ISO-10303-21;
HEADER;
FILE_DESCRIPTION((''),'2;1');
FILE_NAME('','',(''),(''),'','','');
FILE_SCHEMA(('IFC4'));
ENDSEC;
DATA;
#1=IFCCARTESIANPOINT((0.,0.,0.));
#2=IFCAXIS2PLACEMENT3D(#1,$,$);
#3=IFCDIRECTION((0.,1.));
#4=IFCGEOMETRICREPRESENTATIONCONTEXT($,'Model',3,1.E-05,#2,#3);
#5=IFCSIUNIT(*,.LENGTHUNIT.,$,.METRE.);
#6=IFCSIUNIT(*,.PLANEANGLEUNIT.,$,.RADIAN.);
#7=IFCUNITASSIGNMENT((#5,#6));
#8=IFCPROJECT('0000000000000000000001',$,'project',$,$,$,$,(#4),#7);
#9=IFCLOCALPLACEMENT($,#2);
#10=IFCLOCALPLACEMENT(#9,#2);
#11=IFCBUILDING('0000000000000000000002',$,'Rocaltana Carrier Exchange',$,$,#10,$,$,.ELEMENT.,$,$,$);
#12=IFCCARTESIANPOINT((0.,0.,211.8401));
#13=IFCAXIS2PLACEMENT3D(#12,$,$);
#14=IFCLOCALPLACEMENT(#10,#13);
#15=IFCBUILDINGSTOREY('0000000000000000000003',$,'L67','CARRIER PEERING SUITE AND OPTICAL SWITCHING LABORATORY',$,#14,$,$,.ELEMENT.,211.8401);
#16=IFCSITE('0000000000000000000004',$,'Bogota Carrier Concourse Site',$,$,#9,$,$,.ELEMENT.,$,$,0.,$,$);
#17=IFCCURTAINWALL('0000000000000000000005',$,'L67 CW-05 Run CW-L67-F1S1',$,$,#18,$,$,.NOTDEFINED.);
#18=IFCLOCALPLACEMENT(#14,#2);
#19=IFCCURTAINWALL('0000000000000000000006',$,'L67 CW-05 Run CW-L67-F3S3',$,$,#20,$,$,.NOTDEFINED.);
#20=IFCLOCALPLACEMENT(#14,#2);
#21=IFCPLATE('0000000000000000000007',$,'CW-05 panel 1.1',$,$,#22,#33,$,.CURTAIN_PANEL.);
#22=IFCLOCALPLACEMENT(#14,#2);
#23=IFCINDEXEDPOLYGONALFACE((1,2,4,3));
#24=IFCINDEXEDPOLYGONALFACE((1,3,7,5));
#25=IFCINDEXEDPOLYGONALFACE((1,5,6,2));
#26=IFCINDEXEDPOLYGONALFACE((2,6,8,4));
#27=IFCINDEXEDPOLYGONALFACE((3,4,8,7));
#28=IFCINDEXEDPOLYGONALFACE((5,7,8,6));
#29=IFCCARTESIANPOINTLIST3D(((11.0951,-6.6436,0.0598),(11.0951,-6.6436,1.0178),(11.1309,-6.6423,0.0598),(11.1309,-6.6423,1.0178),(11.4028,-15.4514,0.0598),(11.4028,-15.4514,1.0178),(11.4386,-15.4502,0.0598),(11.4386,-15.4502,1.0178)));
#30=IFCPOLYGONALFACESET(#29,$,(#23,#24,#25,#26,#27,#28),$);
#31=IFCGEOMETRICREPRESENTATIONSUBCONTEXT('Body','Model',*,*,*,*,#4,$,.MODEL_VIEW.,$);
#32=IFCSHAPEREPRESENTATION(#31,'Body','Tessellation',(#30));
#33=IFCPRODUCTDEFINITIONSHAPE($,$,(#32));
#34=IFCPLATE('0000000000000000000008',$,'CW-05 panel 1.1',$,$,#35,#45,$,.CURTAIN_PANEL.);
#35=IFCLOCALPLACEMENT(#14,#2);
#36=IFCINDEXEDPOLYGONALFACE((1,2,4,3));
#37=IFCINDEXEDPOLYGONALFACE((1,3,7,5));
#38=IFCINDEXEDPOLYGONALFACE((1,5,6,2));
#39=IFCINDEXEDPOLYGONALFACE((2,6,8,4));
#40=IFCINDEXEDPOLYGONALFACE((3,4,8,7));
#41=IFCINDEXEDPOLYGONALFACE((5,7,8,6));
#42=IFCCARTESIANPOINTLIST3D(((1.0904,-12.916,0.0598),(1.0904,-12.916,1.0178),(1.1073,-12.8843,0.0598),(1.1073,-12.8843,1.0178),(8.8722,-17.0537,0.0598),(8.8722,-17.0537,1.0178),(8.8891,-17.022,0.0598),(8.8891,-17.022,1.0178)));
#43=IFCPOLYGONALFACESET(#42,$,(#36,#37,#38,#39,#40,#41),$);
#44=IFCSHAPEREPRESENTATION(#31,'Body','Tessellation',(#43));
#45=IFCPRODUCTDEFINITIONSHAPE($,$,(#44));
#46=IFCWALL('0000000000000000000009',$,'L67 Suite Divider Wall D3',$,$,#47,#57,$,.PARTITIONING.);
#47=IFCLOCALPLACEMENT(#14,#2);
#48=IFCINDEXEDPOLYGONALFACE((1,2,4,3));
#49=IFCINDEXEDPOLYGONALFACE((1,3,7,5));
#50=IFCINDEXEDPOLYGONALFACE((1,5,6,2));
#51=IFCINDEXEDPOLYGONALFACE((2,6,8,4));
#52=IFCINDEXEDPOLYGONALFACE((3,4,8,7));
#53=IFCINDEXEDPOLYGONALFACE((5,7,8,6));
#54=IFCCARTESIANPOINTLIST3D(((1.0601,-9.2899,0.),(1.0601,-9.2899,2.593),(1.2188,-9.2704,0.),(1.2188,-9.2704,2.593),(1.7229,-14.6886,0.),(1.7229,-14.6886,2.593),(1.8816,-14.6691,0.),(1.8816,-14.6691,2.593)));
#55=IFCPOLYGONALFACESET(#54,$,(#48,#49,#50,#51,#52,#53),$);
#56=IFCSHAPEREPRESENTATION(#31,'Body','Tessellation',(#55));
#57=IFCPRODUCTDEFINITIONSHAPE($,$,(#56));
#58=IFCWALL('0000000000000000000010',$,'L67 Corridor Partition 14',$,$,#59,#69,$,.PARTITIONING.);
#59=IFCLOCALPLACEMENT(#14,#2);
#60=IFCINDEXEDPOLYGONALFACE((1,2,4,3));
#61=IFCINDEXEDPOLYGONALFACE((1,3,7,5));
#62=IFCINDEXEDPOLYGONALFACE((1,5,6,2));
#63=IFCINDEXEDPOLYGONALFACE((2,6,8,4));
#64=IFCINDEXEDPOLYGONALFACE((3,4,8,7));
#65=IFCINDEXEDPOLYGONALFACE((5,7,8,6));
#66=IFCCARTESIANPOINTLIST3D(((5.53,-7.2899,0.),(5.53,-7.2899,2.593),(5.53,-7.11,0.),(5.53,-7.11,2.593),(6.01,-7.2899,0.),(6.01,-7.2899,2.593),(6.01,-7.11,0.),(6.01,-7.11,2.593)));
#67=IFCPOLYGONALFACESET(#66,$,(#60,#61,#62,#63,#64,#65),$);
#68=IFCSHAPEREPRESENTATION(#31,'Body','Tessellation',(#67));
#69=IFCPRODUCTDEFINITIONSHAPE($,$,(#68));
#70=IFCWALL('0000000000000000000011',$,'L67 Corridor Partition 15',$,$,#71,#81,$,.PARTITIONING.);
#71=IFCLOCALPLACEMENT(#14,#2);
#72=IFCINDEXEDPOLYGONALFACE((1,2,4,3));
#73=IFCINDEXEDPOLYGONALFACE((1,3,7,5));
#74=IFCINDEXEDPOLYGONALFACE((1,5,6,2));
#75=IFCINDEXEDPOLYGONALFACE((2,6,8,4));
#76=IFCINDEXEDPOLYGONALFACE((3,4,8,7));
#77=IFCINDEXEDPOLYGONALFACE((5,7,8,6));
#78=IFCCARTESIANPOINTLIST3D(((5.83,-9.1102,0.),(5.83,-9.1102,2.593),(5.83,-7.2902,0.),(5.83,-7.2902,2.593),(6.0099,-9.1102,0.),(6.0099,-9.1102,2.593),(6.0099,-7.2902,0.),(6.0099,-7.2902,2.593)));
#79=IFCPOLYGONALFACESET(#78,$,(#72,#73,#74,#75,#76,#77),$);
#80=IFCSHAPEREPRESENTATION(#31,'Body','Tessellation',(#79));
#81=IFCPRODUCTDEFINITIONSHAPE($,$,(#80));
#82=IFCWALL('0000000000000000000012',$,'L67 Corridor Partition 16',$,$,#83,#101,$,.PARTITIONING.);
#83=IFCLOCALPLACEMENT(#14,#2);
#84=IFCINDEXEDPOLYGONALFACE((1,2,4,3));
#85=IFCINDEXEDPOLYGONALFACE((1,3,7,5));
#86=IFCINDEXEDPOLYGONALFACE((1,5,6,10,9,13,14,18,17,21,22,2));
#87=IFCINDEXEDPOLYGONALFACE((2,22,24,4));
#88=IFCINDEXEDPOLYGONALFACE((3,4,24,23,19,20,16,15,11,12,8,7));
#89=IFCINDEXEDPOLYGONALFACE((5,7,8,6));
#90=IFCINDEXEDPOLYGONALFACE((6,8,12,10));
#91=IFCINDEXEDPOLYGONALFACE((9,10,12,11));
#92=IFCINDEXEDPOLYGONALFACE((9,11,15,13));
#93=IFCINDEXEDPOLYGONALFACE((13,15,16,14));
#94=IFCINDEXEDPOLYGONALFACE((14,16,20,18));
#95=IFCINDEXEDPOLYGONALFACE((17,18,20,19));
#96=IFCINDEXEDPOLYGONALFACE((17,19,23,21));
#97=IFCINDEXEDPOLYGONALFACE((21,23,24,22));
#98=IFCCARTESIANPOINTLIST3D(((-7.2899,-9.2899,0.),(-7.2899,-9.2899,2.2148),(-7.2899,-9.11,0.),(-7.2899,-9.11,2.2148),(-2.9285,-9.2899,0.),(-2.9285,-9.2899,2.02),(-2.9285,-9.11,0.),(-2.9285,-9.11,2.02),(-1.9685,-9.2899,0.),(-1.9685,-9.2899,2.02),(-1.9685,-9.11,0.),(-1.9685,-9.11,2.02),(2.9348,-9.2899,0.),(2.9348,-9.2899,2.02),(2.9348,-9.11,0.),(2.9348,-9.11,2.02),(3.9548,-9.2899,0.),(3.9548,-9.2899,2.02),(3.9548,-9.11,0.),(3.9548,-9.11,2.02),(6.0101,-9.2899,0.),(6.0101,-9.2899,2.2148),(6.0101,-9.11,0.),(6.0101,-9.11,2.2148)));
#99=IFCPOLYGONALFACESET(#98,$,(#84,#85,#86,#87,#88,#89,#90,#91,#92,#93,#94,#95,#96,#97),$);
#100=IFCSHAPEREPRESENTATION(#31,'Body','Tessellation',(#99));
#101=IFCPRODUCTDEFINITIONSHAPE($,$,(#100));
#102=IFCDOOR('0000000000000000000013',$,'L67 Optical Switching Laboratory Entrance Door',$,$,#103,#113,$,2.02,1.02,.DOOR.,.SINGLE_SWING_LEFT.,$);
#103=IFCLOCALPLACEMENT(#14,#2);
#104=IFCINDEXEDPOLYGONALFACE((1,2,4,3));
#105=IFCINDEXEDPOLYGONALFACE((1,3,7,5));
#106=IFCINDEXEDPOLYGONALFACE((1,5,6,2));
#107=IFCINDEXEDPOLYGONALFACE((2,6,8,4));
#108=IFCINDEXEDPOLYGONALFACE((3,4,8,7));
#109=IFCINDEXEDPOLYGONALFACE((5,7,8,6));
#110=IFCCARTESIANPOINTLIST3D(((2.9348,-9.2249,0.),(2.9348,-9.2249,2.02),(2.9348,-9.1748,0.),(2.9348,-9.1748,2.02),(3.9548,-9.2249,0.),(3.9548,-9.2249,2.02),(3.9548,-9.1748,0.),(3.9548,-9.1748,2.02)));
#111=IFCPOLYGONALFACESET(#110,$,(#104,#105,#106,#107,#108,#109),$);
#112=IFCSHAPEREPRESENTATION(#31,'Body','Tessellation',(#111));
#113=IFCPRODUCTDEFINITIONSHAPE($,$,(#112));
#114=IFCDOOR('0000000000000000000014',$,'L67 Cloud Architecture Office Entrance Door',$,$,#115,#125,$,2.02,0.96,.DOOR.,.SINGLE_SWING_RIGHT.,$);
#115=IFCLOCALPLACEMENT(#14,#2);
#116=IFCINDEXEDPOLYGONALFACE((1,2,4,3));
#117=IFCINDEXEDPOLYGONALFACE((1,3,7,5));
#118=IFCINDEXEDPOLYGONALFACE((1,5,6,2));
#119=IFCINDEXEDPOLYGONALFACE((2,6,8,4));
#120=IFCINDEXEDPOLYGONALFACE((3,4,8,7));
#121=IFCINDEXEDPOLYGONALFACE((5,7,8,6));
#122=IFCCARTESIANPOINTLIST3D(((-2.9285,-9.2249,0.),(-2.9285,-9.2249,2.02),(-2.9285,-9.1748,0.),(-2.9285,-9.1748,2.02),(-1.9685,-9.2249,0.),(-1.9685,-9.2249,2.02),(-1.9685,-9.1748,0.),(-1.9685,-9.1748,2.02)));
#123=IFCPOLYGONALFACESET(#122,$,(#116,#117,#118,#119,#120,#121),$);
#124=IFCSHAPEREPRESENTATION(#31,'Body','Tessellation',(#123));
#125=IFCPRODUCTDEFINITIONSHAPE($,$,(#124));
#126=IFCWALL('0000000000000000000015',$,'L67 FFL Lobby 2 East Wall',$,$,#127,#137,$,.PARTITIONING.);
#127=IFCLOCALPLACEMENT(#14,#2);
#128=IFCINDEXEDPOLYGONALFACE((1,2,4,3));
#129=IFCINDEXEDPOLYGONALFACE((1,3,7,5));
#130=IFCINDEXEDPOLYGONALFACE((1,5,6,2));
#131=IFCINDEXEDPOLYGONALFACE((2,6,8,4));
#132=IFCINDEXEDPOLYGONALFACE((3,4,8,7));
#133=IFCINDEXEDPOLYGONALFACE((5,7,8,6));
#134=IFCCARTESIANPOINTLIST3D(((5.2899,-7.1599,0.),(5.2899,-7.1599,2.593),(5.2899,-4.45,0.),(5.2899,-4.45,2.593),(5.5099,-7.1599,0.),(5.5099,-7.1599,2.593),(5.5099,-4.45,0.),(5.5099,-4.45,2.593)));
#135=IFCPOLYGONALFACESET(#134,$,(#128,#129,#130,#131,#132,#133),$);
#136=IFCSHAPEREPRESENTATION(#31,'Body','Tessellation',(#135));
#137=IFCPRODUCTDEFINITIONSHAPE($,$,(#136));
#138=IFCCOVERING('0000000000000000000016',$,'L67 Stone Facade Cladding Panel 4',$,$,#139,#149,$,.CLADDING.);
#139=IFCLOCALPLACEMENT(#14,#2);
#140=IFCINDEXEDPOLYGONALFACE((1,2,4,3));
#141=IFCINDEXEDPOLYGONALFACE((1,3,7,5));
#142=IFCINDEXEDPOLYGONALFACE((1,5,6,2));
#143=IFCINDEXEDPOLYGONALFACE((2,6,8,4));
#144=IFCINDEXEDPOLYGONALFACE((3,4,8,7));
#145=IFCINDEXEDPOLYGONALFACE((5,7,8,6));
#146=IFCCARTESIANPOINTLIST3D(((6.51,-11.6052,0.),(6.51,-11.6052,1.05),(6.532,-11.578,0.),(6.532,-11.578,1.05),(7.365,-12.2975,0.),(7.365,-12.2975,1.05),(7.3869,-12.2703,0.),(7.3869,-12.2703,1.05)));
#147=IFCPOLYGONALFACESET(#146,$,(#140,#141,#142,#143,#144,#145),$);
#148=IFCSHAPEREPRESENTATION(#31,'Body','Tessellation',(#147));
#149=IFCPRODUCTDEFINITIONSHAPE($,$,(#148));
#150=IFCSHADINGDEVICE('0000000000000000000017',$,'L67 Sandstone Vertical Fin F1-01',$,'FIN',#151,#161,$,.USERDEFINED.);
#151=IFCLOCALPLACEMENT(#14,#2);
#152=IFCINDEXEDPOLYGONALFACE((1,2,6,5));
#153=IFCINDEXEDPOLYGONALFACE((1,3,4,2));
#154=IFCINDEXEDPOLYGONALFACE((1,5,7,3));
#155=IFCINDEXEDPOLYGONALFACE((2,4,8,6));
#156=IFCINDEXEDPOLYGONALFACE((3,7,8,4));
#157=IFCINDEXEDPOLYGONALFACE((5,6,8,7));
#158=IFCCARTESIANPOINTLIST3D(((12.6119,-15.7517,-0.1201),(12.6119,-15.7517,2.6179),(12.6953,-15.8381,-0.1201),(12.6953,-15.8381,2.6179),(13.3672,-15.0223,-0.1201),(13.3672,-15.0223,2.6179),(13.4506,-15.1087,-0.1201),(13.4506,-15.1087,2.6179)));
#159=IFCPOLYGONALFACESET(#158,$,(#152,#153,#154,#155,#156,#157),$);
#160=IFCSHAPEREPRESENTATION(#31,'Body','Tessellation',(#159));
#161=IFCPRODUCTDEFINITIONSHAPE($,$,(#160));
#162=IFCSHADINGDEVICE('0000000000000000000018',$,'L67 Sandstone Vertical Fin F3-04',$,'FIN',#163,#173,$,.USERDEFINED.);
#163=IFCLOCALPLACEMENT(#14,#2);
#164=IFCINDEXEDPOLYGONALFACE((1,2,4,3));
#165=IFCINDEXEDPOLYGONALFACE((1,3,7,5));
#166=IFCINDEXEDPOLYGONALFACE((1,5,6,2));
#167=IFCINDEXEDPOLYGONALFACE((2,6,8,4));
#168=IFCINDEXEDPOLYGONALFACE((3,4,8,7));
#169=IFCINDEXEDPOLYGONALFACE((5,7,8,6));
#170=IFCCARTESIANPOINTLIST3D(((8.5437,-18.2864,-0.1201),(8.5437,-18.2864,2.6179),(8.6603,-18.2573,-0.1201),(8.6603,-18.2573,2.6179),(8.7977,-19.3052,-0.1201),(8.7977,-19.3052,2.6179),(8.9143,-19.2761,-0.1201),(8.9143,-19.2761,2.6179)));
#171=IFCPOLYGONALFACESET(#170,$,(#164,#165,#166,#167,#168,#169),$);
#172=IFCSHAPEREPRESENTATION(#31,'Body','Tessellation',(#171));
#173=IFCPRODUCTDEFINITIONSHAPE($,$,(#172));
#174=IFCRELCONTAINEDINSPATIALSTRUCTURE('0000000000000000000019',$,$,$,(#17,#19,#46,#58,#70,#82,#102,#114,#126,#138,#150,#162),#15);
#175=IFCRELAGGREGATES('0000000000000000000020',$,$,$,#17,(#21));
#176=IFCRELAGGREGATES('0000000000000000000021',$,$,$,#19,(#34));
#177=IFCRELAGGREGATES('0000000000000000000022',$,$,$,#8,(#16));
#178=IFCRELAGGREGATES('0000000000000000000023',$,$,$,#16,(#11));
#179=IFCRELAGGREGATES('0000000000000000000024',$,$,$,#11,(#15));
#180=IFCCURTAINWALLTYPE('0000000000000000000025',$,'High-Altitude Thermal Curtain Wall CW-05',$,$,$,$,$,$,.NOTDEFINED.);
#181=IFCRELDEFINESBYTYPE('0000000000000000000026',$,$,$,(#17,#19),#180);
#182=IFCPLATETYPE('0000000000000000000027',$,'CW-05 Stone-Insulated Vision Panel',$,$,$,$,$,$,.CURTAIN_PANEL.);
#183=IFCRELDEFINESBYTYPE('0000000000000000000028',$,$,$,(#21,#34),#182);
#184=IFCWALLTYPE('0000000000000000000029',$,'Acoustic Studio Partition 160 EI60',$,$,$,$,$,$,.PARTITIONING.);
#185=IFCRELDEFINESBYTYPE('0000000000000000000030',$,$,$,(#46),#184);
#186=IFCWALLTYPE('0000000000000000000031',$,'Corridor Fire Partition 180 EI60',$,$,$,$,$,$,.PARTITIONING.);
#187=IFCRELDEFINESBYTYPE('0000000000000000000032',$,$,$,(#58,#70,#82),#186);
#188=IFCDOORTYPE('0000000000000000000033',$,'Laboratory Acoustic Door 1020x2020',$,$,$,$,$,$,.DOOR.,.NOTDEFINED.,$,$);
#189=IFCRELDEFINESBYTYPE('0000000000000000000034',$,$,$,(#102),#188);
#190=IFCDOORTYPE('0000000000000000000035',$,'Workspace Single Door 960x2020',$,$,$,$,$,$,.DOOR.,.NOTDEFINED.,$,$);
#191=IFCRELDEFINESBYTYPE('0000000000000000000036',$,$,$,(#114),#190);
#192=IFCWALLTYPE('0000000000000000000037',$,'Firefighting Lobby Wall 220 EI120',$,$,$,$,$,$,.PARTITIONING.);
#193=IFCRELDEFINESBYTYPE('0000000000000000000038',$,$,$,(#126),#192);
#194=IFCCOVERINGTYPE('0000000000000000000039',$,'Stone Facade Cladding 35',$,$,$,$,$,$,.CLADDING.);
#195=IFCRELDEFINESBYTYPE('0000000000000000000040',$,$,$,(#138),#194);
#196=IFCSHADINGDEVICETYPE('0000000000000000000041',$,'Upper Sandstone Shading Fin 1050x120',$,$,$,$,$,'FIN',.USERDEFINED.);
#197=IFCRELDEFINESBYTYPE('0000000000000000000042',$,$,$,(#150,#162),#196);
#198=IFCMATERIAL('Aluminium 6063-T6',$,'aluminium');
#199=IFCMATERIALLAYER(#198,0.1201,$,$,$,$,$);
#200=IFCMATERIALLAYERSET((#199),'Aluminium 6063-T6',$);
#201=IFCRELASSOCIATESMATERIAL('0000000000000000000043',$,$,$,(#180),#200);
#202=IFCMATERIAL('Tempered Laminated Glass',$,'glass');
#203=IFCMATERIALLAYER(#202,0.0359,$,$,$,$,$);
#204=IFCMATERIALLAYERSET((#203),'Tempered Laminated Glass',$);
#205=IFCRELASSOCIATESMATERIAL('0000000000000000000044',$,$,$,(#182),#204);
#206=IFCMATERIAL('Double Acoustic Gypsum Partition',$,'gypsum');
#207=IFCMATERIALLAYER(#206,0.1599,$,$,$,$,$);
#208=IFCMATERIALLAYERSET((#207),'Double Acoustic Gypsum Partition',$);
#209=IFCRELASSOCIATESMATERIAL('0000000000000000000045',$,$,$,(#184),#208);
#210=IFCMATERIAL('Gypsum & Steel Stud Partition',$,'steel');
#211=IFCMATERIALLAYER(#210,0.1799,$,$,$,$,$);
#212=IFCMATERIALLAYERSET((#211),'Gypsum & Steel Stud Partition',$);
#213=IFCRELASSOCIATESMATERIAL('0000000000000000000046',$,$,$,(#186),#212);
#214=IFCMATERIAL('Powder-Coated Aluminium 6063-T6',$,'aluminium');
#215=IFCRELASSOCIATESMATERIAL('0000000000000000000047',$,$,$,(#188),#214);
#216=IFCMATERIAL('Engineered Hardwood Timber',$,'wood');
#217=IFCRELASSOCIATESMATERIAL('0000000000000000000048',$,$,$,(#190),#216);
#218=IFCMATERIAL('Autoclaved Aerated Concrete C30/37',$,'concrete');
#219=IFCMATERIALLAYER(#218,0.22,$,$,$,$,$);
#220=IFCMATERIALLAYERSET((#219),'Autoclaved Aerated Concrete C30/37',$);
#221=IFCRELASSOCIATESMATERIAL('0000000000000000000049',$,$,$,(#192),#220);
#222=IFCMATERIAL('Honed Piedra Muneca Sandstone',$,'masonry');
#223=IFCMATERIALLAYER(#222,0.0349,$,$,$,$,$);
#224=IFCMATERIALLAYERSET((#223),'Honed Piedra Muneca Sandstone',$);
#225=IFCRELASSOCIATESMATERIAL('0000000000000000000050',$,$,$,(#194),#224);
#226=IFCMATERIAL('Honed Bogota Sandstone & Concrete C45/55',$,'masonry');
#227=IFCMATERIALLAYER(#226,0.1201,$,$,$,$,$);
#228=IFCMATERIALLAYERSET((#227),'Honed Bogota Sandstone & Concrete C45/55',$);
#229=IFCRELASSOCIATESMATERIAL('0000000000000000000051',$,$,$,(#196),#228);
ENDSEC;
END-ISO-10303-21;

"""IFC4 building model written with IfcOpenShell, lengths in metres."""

from ifc_helpers import new_model, si_unit, direction, frame, frame_2d, origin, origin_2d, place, context, subcontext, project, spatial, rectangle, extrude, material, layer, layer_set, type_object, element, fill, aggregate, save


model = new_model("IFC4")

# Units and contexts
model_context = context("Model", 3, precision=1e-05, world=origin(), true_north=direction((0.0, 1.0)))
body_context = subcontext(model_context, "Body", "Model", "MODEL_VIEW")
ifc_project = project(units=[si_unit("LENGTHUNIT", "METRE"), si_unit("PLANEANGLEUNIT", "RADIAN")], contexts=[model_context])

# Site, building, storey
site_placement = place(None, origin())
site = spatial("IfcSite", under=ifc_project, at=site_placement, Name="Bogota Carrier Concourse Site", CompositionType="ELEMENT", RefElevation=0.0)
building_placement = place(site_placement, origin())
building = spatial("IfcBuilding", under=site, at=building_placement, Name="Rocaltana Carrier Exchange", CompositionType="ELEMENT")
storey_placement = place(building_placement, frame((0.0, 0.0, 211.8401)))
storey = spatial("IfcBuildingStorey", under=building, at=storey_placement, Name="L67", Description="CARRIER PEERING SUITE AND OPTICAL SWITCHING LABORATORY", CompositionType="ELEMENT", Elevation=211.8401)

# Curtain walls
ifc_material_1 = material(Name="Aluminium 6063-T6", Category="aluminium")
ifc_layer_1 = layer(ifc_material_1, 0.1201)
ifc_layer_set_1 = layer_set([ifc_layer_1], Name="Aluminium 6063-T6")
curtain_wall_type = type_object("IfcCurtainWallType", Name="High-Altitude Thermal Curtain Wall CW-05", PredefinedType="NOTDEFINED", material=ifc_layer_set_1)
curtain_wall_1_placement = place(storey_placement, origin())
curtain_wall_1 = element("IfcCurtainWall", 1, at=curtain_wall_1_placement, inside=storey, type_object=curtain_wall_type, Name="L67 CW-05 Run CW-L67-F1S1", PredefinedType="NOTDEFINED")
curtain_wall_2_placement = place(storey_placement, origin())
curtain_wall_2 = element("IfcCurtainWall", 2, at=curtain_wall_2_placement, inside=storey, type_object=curtain_wall_type, Name="L67 CW-05 Run CW-L67-F3S3", PredefinedType="NOTDEFINED")

# Plates
ifc_material_2 = material(Name="Tempered Laminated Glass", Category="glass")
ifc_layer_2 = layer(ifc_material_2, 0.0359)
ifc_layer_set_2 = layer_set([ifc_layer_2], Name="Tempered Laminated Glass")
plate_type = type_object("IfcPlateType", Name="CW-05 Stone-Insulated Vision Panel", PredefinedType="CURTAIN_PANEL", material=ifc_layer_set_2)
plate_1_placement = place(storey_placement, frame((11.2668, -11.0469, 0.0598), z_axis=(0.0, 0.0, 1.0), x_axis=(-0.034914, 0.99939, 0.0)))
plate_1 = element("IfcPlate", 3, at=plate_1_placement, type_object=plate_type, Name="CW-05 panel 1.1", PredefinedType="CURTAIN_PANEL", context=body_context, shape_type="SweptSolid", body=[
    extrude(rectangle(XDim=8.8132, YDim=0.0359, at=origin_2d()), origin(), (0.0, 0.0, 1.0), 0.958),
])
aggregate(curtain_wall_1, [plate_1])
plate_2_placement = place(storey_placement, frame((4.9897, -14.969, 0.0598), z_axis=(0.0, 0.0, 1.0), x_axis=(0.882946, -0.469475, 0.0)))
plate_2 = element("IfcPlate", 4, at=plate_2_placement, type_object=plate_type, Name="CW-05 panel 1.1", PredefinedType="CURTAIN_PANEL", context=body_context, shape_type="SweptSolid", body=[
    extrude(rectangle(XDim=8.8135, YDim=0.0359, at=origin_2d()), origin(), (0.0, 0.0, 1.0), 0.958),
])
aggregate(curtain_wall_2, [plate_2])

# Walls
ifc_material_3 = material(Name="Double Acoustic Gypsum Partition", Category="gypsum")
ifc_layer_3 = layer(ifc_material_3, 0.1599)
ifc_layer_set_3 = layer_set([ifc_layer_3], Name="Double Acoustic Gypsum Partition")
wall_type_1 = type_object("IfcWallType", Name="Acoustic Studio Partition 160 EI60", PredefinedType="PARTITIONING", material=ifc_layer_set_3)
wall_1_placement = place(storey_placement, frame((1.1394, -9.28, 0.0), z_axis=(0.0, 0.0, 1.0), x_axis=(0.121863, -0.992547, 0.0)))
element("IfcWall", 5, at=wall_1_placement, inside=storey, type_object=wall_type_1, Name="L67 Suite Divider Wall D3", PredefinedType="PARTITIONING", context=body_context, shape_type="SweptSolid", body=[
    extrude(rectangle(XDim=5.4392, YDim=0.1599, at=frame_2d((2.7197, 0.0))), origin(), (0.0, 0.0, 1.0), 2.593),
])
ifc_material_4 = material(Name="Gypsum & Steel Stud Partition", Category="steel")
ifc_layer_4 = layer(ifc_material_4, 0.1799)
ifc_layer_set_4 = layer_set([ifc_layer_4], Name="Gypsum & Steel Stud Partition")
wall_type_2 = type_object("IfcWallType", Name="Corridor Fire Partition 180 EI60", PredefinedType="PARTITIONING", material=ifc_layer_set_4)
wall_2_placement = place(storey_placement, frame((5.53, -7.2, 0.0), z_axis=(0.0, 0.0, 1.0), x_axis=(1.0, 0.0, 0.0)))
element("IfcWall", 6, at=wall_2_placement, inside=storey, type_object=wall_type_2, Name="L67 Corridor Partition 14", PredefinedType="PARTITIONING", context=body_context, shape_type="SweptSolid", body=[
    extrude(rectangle(XDim=0.48, YDim=0.1799, at=frame_2d((0.24, 0.0))), origin(), (0.0, 0.0, 1.0), 2.593),
])
wall_3_placement = place(storey_placement, frame((5.9199, -7.29, 0.0), z_axis=(0.0, 0.0, 1.0), x_axis=(0.0, -1.0, 0.0)))
element("IfcWall", 7, at=wall_3_placement, inside=storey, type_object=wall_type_2, Name="L67 Corridor Partition 15", PredefinedType="PARTITIONING", context=body_context, shape_type="SweptSolid", body=[
    extrude(rectangle(XDim=1.8201, YDim=0.1799, at=frame_2d((0.9102, 0.0))), origin(), (0.0, 0.0, 1.0), 2.593),
])

# Wall, openings, doors
wall_4_placement = place(storey_placement, frame((6.01, -9.2, 0.0), z_axis=(0.0, 0.0, 1.0), x_axis=(-1.0, 0.0, 0.0)))
wall_4 = element("IfcWall", 8, at=wall_4_placement, inside=storey, type_object=wall_type_2, Name="L67 Corridor Partition 16", PredefinedType="PARTITIONING", context=body_context, shape_type="SweptSolid", body=[
    extrude(rectangle(XDim=13.3, YDim=0.1799, at=frame_2d((6.6499, 0.0))), origin(), (0.0, 0.0, 1.0), 2.2148),
])
opening_1_placement = place(wall_4_placement, frame((7.9785, 0.0, 0.0)))
opening_1 = element("IfcOpeningElement", 9, at=opening_1_placement, cuts=wall_4, PredefinedType="OPENING", context=body_context, shape_type="SweptSolid", body=[
    extrude(rectangle(XDim=0.96, YDim=2.02, at=frame_2d((0.48, 1.01))), frame((0.0, 0.0999, 0.0), z_axis=(0.0, -1.0, 0.0), x_axis=(1.0, 0.0, 0.0)), (0.0, 0.0, 1.0), 0.2),
])
opening_2_placement = place(wall_4_placement, frame((2.0552, 0.0, 0.0)))
opening_2 = element("IfcOpeningElement", 10, at=opening_2_placement, cuts=wall_4, PredefinedType="OPENING", context=body_context, shape_type="SweptSolid", body=[
    extrude(rectangle(XDim=1.02, YDim=2.02, at=frame_2d((0.51, 1.01))), frame((0.0, 0.0999, 0.0), z_axis=(0.0, -1.0, 0.0), x_axis=(1.0, 0.0, 0.0)), (0.0, 0.0, 1.0), 0.2),
])
ifc_material_5 = material(Name="Powder-Coated Aluminium 6063-T6", Category="aluminium")
door_type_1 = type_object("IfcDoorType", Name="Laboratory Acoustic Door 1020x2020", OperationType="NOTDEFINED", PredefinedType="DOOR", material=ifc_material_5)
door_1_placement = place(opening_2_placement, origin())
door_1 = element("IfcDoor", 11, at=door_1_placement, inside=storey, type_object=door_type_1, Name="L67 Optical Switching Laboratory Entrance Door", OperationType="SINGLE_SWING_LEFT", OverallHeight=2.02, OverallWidth=1.02, PredefinedType="DOOR", context=body_context, shape_type="SweptSolid", body=[
    extrude(rectangle(XDim=1.02, YDim=2.02, at=frame_2d((0.51, 1.01))), frame((0.0, 0.0249, 0.0), z_axis=(0.0, -1.0, 0.0), x_axis=(1.0, 0.0, 0.0)), (0.0, 0.0, 1.0), 0.05),
])
fill(opening_2, door_1)
ifc_material_6 = material(Name="Engineered Hardwood Timber", Category="wood")
door_type_2 = type_object("IfcDoorType", Name="Workspace Single Door 960x2020", OperationType="NOTDEFINED", PredefinedType="DOOR", material=ifc_material_6)
door_2_placement = place(opening_1_placement, origin())
door_2 = element("IfcDoor", 12, at=door_2_placement, inside=storey, type_object=door_type_2, Name="L67 Cloud Architecture Office Entrance Door", OperationType="SINGLE_SWING_RIGHT", OverallHeight=2.02, OverallWidth=0.96, PredefinedType="DOOR", context=body_context, shape_type="SweptSolid", body=[
    extrude(rectangle(XDim=0.96, YDim=2.02, at=frame_2d((0.48, 1.01))), frame((0.0, 0.0249, 0.0), z_axis=(0.0, -1.0, 0.0), x_axis=(1.0, 0.0, 0.0)), (0.0, 0.0, 1.0), 0.05),
])
fill(opening_1, door_2)

# Wall
ifc_material_7 = material(Name="Autoclaved Aerated Concrete C30/37", Category="concrete")
ifc_layer_5 = layer(ifc_material_7, 0.22)
ifc_layer_set_5 = layer_set([ifc_layer_5], Name="Autoclaved Aerated Concrete C30/37")
wall_type_3 = type_object("IfcWallType", Name="Firefighting Lobby Wall 220 EI120", PredefinedType="PARTITIONING", material=ifc_layer_set_5)
wall_5_placement = place(storey_placement, frame((5.3999, -7.1599, 0.0), z_axis=(0.0, 0.0, 1.0), x_axis=(0.0, 1.0, 0.0)))
element("IfcWall", 13, at=wall_5_placement, inside=storey, type_object=wall_type_3, Name="L67 FFL Lobby 2 East Wall", PredefinedType="PARTITIONING", context=body_context, shape_type="SweptSolid", body=[
    extrude(rectangle(XDim=2.71, YDim=0.22, at=frame_2d((1.355, 0.0))), origin(), (0.0, 0.0, 1.0), 2.593),
])

# Covering
ifc_material_8 = material(Name="Honed Piedra Muneca Sandstone", Category="masonry")
ifc_layer_6 = layer(ifc_material_8, 0.0349)
ifc_layer_set_6 = layer_set([ifc_layer_6], Name="Honed Piedra Muneca Sandstone")
covering_type = type_object("IfcCoveringType", Name="Stone Facade Cladding 35", PredefinedType="CLADDING", material=ifc_layer_set_6)
covering_placement = place(storey_placement, frame((6.9485, -11.9377, 0.0), z_axis=(0.0, 0.0, 1.0), x_axis=(-0.777146, 0.62932, 0.0)))
element("IfcCovering", 14, at=covering_placement, inside=storey, type_object=covering_type, Name="L67 Stone Facade Cladding Panel 4", PredefinedType="CLADDING", context=body_context, shape_type="SweptSolid", body=[
    extrude(rectangle(XDim=1.1001, YDim=0.0349, at=origin_2d()), origin(), (0.0, 0.0, 1.0), 1.05),
])

# Shading devices
ifc_material_9 = material(Name="Honed Bogota Sandstone & Concrete C45/55", Category="masonry")
ifc_layer_7 = layer(ifc_material_9, 0.1201)
ifc_layer_set_7 = layer_set([ifc_layer_7], Name="Honed Bogota Sandstone & Concrete C45/55")
shading_device_type = type_object("IfcShadingDeviceType", Name="Upper Sandstone Shading Fin 1050x120", ElementType="FIN", PredefinedType="USERDEFINED", material=ifc_layer_set_7)
for number, where, z_axis, x_axis, name in (
    (15, (13.0312, -15.4302, -0.1201), (0.0, 0.0, 1.0), (0.71934, 0.694658, 0.0), "L67 Sandstone Vertical Fin F1-01"),
    (16, (8.729, -18.7812, -0.1201), (0.0, 0.0, 1.0), (0.241922, -0.970296, 0.0), "L67 Sandstone Vertical Fin F3-04"),
):
    element("IfcShadingDevice", number, at=place(storey_placement, frame(where, z_axis=z_axis, x_axis=x_axis)), inside=storey, type_object=shading_device_type, Name=name, ObjectType="FIN", PredefinedType="USERDEFINED", context=body_context, shape_type="SweptSolid", body=[
        extrude(rectangle(XDim=1.05, YDim=0.1201, at=origin_2d()), origin(), (0.0, 0.0, 1.0), 2.738),
    ])

save(model, "model.ifc")
